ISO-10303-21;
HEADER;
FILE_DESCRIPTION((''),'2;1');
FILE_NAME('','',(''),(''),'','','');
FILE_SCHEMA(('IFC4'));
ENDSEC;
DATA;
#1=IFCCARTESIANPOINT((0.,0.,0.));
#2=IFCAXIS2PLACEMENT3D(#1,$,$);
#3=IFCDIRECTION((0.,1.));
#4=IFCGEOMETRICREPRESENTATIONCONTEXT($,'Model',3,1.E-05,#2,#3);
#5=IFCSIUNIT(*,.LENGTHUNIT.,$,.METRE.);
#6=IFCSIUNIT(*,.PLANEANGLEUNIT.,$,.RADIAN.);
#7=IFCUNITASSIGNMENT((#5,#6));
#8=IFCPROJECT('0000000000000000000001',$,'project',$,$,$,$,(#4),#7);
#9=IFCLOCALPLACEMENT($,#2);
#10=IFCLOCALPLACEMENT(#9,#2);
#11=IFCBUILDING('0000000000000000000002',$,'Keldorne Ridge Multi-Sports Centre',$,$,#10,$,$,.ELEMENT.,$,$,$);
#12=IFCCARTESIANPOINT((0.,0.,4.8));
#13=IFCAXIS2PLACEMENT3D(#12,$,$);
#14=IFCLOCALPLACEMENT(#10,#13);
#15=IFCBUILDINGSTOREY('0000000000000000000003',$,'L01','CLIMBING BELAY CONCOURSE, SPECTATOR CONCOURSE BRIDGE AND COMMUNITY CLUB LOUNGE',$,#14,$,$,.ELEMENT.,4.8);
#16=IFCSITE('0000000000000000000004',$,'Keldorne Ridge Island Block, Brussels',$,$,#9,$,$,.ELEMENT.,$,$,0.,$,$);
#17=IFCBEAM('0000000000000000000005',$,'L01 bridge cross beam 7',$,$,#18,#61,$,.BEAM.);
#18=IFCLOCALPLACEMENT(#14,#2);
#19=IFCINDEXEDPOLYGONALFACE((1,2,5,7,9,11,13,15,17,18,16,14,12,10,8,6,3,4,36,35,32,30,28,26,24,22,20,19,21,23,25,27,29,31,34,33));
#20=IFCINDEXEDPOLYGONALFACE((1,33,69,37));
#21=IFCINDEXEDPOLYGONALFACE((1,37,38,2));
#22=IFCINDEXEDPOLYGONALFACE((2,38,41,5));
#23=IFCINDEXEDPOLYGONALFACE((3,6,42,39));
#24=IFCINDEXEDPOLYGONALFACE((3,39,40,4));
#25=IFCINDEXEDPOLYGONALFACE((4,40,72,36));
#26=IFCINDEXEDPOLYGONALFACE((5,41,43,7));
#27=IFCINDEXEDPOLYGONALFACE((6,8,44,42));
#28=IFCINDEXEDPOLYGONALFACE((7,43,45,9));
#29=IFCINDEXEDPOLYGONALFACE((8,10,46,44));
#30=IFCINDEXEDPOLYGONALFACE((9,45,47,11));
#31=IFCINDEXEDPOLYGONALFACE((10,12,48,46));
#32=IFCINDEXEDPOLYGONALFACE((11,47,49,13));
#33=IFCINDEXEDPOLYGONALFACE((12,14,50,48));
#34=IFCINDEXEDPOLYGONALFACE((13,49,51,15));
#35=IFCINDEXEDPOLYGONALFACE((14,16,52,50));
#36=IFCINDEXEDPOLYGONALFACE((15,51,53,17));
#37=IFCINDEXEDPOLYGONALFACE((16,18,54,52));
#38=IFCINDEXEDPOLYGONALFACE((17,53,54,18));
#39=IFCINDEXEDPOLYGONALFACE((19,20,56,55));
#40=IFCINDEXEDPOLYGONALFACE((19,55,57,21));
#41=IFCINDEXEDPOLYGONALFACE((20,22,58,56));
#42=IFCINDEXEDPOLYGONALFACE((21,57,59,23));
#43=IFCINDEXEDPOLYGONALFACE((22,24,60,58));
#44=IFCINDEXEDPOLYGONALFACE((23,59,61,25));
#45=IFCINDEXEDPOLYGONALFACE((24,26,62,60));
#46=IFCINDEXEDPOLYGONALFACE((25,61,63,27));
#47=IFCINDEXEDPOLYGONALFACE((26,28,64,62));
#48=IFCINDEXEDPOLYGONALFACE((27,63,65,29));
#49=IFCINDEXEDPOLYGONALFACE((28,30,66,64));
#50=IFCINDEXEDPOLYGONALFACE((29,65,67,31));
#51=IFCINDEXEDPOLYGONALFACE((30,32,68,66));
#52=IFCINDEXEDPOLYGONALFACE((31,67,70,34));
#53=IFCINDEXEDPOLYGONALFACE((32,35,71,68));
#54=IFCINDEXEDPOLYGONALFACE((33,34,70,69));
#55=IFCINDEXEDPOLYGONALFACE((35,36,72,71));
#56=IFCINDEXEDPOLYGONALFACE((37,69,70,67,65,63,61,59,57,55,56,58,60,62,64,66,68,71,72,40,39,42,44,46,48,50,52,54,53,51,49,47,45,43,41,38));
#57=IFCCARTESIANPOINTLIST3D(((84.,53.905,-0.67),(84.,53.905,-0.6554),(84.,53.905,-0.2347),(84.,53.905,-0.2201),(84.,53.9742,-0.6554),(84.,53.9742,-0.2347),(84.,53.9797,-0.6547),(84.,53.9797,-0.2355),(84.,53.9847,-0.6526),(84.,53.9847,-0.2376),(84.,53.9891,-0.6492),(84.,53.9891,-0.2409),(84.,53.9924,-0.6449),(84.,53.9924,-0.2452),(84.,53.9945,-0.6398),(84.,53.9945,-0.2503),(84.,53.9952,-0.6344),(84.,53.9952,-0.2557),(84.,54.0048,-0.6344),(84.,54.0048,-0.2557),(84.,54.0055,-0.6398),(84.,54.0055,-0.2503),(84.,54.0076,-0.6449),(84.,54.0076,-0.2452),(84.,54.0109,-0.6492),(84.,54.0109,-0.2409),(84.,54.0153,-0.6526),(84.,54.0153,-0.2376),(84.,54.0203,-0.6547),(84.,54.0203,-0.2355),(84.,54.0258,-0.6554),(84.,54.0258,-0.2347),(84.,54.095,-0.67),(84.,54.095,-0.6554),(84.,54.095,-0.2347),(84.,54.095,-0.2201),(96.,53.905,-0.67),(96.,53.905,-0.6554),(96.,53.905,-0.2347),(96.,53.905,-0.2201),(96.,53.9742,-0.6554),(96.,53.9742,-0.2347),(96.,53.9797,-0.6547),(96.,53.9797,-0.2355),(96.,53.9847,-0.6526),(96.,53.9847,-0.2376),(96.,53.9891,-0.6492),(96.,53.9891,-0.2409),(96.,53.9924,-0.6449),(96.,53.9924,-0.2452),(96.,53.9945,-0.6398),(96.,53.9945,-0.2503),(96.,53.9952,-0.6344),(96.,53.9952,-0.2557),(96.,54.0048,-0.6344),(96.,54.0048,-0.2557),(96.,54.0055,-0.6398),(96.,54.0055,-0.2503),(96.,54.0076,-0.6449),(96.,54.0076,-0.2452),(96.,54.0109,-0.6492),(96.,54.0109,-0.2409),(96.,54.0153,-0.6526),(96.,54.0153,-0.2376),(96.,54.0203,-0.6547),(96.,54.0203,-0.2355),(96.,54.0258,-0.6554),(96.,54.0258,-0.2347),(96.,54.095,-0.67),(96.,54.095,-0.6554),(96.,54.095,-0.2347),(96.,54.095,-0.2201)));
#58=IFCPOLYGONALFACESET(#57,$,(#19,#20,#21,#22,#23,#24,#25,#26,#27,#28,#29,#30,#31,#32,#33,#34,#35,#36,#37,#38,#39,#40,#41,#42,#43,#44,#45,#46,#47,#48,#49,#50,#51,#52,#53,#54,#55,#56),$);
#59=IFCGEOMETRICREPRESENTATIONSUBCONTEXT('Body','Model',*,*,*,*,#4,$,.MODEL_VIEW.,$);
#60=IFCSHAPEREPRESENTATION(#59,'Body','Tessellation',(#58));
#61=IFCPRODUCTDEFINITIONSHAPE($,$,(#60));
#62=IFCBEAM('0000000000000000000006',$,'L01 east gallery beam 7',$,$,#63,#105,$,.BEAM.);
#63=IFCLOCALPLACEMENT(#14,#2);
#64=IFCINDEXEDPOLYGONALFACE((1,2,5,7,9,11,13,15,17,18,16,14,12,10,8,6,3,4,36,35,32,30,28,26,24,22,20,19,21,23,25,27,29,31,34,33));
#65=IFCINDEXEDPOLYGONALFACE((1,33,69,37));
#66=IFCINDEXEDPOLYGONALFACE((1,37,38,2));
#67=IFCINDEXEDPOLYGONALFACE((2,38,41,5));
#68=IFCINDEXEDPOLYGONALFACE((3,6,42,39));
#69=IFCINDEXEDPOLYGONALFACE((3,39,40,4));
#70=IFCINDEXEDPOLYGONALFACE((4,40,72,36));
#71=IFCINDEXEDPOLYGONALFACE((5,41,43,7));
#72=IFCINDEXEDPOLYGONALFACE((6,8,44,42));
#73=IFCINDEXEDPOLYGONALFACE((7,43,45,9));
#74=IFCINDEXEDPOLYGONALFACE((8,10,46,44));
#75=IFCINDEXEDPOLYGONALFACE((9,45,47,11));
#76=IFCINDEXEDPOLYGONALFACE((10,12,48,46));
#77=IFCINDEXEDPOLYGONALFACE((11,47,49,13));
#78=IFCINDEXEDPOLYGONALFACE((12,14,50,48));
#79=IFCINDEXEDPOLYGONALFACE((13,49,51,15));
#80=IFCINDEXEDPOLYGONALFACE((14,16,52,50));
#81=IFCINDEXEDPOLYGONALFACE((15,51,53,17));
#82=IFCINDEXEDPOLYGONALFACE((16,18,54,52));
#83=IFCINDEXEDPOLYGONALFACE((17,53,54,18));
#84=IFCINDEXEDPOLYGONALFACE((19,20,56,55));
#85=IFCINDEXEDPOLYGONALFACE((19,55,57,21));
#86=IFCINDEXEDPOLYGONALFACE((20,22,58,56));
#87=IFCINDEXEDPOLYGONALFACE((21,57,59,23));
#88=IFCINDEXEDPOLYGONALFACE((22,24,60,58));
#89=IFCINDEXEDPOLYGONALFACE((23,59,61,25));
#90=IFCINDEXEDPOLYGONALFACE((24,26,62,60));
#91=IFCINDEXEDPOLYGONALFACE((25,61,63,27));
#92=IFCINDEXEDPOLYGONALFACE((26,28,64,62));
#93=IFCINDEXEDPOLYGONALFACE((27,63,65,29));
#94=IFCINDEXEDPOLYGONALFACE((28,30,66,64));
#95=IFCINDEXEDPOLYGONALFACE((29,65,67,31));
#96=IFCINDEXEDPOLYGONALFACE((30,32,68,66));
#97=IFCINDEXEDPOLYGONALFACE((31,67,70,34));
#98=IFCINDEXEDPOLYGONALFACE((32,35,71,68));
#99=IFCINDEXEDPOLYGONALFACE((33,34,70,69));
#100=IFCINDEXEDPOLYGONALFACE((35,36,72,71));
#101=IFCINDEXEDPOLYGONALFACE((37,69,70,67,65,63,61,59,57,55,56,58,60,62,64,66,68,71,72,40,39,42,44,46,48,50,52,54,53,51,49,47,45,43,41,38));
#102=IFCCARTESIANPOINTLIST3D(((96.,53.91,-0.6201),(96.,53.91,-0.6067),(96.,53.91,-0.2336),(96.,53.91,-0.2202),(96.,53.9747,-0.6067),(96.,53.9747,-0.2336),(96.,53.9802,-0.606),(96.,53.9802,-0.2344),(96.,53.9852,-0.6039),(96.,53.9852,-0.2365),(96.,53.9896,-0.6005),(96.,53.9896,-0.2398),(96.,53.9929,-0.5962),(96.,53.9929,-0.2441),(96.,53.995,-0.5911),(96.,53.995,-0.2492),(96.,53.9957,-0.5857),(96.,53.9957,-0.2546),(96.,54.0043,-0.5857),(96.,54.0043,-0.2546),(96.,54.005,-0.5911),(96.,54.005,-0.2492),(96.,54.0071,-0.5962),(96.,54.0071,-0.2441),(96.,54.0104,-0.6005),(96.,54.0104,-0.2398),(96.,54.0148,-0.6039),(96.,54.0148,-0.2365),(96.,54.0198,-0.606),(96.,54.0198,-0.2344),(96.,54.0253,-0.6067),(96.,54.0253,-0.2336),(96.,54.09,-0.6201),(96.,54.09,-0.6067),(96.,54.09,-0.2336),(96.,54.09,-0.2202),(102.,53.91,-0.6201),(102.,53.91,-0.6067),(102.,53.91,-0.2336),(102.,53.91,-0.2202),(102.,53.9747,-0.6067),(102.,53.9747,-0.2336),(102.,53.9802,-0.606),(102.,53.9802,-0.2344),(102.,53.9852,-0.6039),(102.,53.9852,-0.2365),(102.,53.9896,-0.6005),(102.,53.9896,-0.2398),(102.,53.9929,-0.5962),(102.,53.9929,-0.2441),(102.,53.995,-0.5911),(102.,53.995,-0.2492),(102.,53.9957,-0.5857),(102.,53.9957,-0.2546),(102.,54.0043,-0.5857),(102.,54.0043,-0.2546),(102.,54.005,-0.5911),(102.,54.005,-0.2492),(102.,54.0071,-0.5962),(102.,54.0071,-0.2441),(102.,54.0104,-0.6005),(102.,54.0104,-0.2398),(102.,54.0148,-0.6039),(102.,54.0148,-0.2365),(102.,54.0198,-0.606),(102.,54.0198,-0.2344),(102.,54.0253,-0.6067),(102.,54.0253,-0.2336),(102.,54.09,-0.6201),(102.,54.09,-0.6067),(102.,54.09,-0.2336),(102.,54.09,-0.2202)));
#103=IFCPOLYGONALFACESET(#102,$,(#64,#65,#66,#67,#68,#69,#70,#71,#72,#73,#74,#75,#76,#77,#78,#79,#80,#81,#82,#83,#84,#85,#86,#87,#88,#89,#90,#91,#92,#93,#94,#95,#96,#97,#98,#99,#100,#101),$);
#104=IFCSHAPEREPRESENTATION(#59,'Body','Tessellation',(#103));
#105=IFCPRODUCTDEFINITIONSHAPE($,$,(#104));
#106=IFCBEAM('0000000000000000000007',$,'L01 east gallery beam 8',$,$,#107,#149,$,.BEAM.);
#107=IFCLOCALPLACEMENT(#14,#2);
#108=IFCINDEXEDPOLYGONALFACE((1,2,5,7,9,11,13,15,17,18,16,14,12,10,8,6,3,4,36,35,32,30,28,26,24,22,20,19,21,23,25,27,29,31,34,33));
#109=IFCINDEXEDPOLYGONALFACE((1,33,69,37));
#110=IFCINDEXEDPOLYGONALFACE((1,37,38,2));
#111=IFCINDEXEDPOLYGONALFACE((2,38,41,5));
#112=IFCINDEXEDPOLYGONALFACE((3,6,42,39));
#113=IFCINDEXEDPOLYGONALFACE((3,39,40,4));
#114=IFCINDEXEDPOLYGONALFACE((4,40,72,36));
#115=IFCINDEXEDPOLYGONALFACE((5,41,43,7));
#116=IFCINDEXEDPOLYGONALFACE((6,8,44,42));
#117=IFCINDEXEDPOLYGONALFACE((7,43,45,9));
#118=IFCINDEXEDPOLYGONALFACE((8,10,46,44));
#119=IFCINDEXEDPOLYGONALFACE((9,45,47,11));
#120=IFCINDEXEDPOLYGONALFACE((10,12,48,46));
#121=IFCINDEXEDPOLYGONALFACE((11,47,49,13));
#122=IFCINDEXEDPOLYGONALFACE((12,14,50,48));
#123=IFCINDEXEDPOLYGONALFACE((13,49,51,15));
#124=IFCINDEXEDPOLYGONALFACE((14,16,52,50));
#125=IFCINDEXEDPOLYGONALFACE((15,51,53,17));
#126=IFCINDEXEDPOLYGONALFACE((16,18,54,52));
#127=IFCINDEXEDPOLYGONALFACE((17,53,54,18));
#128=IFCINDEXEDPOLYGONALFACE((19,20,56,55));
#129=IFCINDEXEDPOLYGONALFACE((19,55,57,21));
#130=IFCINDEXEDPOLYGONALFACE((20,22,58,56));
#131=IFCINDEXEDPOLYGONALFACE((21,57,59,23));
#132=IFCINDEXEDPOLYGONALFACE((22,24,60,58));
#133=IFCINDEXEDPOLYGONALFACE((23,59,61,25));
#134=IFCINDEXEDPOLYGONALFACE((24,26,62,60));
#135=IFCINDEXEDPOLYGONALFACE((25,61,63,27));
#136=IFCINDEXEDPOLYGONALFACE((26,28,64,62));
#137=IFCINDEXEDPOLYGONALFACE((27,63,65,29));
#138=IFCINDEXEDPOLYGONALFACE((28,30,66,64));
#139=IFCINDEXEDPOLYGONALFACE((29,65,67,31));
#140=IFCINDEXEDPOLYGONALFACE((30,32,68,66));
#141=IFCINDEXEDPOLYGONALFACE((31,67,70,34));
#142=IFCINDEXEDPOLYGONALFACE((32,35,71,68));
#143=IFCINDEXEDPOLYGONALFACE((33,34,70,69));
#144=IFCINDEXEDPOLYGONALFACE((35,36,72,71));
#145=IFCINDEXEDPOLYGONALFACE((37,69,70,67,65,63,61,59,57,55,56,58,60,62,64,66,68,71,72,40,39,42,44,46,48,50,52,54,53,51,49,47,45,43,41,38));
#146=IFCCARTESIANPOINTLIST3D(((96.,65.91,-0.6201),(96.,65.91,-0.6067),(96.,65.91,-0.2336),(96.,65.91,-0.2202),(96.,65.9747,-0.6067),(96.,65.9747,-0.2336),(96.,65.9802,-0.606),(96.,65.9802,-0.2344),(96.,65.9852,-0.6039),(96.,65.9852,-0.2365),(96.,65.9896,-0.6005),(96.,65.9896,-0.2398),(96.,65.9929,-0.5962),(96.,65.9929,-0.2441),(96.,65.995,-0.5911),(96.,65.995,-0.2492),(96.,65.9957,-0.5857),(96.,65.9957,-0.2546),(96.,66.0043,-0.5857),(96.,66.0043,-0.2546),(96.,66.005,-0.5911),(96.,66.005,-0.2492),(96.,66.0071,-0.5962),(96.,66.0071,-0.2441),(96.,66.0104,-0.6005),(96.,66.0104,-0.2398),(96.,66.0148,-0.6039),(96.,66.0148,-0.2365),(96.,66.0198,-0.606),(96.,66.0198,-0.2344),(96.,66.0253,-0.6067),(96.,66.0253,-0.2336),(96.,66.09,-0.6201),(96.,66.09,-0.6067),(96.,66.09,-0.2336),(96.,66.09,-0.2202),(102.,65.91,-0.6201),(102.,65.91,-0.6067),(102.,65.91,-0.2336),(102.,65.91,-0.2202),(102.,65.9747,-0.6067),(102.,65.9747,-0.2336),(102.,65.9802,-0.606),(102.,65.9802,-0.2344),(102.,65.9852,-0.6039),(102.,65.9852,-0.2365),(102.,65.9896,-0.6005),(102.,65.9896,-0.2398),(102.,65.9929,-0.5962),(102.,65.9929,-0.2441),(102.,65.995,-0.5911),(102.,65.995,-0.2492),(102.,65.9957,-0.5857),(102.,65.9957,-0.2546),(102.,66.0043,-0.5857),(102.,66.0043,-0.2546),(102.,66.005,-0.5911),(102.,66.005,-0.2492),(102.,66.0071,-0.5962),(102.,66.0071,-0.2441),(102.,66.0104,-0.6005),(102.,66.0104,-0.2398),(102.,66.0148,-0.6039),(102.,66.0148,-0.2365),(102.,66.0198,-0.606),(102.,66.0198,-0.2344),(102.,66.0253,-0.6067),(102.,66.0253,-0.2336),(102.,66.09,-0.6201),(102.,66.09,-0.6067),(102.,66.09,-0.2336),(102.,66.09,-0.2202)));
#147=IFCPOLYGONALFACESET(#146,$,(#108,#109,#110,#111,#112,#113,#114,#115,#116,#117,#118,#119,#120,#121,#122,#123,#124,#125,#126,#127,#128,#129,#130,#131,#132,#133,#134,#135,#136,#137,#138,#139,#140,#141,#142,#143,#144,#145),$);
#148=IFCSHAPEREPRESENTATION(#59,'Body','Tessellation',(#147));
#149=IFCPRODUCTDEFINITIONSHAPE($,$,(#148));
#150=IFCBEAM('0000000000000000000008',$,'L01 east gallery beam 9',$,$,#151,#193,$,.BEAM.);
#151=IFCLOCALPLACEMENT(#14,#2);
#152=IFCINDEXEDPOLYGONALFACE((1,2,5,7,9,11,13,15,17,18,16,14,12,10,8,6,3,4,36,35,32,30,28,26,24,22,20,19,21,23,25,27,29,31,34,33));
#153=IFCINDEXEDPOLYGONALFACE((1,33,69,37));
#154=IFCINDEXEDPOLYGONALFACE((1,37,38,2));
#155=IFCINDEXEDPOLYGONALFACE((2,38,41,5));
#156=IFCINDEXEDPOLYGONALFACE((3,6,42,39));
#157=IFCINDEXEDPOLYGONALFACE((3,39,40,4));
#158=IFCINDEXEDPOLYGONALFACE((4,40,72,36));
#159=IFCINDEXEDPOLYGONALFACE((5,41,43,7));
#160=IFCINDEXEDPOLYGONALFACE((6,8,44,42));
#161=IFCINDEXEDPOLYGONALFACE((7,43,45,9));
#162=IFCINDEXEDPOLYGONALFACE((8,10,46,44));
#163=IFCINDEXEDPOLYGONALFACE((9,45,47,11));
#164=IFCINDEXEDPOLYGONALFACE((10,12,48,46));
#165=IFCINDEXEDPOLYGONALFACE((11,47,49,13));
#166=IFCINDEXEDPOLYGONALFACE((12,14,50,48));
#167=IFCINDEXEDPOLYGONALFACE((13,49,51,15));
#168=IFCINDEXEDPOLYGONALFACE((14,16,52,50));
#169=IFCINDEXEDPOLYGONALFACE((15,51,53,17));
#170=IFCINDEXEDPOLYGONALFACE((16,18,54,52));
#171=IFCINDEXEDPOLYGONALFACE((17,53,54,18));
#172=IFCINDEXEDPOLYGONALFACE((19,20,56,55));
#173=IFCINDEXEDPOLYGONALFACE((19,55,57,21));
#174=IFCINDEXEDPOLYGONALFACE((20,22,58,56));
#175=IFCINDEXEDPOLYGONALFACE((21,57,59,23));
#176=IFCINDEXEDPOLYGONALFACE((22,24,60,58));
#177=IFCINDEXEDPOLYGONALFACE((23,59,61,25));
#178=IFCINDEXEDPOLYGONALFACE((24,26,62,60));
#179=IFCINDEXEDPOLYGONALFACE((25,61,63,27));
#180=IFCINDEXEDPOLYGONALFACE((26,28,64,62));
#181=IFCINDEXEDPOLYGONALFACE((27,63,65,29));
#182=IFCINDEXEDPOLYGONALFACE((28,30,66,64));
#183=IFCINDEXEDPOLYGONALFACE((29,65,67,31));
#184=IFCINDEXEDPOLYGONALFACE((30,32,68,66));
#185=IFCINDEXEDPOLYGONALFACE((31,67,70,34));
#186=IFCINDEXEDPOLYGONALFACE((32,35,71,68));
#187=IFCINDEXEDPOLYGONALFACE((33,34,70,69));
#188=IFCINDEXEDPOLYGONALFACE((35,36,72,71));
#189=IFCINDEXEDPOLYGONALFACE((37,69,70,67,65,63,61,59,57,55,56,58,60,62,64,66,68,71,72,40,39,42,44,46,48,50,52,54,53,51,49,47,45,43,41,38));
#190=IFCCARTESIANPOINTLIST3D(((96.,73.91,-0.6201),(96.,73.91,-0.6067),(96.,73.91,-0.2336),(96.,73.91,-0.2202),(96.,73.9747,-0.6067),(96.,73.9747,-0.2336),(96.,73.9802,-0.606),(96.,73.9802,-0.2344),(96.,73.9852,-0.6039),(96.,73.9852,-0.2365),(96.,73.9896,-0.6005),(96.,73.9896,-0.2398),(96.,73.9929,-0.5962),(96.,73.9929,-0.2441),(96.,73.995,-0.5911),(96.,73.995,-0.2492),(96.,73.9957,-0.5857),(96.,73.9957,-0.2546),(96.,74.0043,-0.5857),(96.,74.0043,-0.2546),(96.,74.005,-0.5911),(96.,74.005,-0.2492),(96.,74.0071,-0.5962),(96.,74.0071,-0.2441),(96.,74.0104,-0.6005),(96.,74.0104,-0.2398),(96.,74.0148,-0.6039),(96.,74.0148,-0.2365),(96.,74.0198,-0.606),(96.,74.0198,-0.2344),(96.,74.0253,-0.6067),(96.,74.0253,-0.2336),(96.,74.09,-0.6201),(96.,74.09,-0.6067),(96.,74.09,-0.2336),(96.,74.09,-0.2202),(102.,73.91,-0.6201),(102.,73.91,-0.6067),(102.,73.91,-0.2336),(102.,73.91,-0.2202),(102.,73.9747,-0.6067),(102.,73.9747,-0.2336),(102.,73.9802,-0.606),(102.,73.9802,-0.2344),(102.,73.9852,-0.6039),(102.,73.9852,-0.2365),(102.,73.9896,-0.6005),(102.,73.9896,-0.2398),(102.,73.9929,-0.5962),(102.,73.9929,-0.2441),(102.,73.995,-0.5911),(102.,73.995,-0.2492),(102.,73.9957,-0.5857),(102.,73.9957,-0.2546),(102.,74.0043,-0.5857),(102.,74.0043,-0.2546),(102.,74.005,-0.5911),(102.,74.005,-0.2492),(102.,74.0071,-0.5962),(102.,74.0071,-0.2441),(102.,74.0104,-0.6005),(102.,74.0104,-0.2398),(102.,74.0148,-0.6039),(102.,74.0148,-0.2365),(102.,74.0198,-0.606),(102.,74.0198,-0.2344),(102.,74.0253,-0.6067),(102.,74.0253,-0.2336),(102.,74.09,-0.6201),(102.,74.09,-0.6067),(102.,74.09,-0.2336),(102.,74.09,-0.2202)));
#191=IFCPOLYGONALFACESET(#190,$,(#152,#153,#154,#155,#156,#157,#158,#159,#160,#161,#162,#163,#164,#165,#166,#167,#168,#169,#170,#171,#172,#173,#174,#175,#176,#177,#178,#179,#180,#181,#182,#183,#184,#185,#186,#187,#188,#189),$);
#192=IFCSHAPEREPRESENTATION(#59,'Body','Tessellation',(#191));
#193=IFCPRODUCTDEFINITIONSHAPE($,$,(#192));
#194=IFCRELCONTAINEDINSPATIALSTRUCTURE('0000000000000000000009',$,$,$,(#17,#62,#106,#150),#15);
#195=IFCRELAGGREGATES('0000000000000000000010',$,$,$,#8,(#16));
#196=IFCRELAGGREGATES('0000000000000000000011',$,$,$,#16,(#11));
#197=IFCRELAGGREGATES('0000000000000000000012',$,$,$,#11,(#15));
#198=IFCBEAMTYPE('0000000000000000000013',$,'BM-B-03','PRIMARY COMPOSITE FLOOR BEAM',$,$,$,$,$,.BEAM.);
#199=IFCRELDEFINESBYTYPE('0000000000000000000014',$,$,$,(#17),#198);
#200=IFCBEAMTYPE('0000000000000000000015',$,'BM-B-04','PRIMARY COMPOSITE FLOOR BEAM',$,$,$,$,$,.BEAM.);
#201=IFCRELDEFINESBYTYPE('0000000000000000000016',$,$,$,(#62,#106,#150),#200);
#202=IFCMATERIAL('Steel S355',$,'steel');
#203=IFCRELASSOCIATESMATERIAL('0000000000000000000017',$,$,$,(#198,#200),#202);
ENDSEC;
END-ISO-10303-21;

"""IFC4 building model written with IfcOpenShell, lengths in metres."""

from ifc_helpers import new_model, si_unit, direction, frame, origin, origin_2d, place, context, subcontext, project, spatial, i_section, extrude, material, material_profile, profile_set, type_object, element, save


model = new_model("IFC4")

# Units and contexts
model_context = context("Model", 3, precision=1e-05, world=origin(), true_north=direction((0.0, 1.0)))
body_context = subcontext(model_context, "Body", "Model", "MODEL_VIEW")
ifc_project = project(units=[si_unit("LENGTHUNIT", "METRE"), si_unit("PLANEANGLEUNIT", "RADIAN")], contexts=[model_context])

# Site, building, storey
site_placement = place(None, origin())
site = spatial("IfcSite", under=ifc_project, at=site_placement, Name="Keldorne Ridge Island Block, Brussels", CompositionType="ELEMENT", RefElevation=0.0)
building_placement = place(site_placement, origin())
building = spatial("IfcBuilding", under=site, at=building_placement, Name="Keldorne Ridge Multi-Sports Centre", CompositionType="ELEMENT")
storey_placement = place(building_placement, frame((0.0, 0.0, 4.8)))
storey = spatial("IfcBuildingStorey", under=building, at=storey_placement, Name="L01", Description="CLIMBING BELAY CONCOURSE, SPECTATOR CONCOURSE BRIDGE AND COMMUNITY CLUB LOUNGE", CompositionType="ELEMENT", Elevation=4.8)

# Shared definitions
ifc_material_1 = material(Name="Steel S355", Category="steel")

# Beams
ifc_material_profile_1 = material_profile(ifc_material_1, i_section(OverallWidth=0.1899, OverallDepth=0.45, WebThickness=0.0095, FlangeThickness=0.0146, FilletRadius=0.021, at=origin_2d()), Name="IPE 450")
ifc_profile_set_1 = profile_set([ifc_material_profile_1], Name="Steel S355")
beam_type_1 = type_object("IfcBeamType", Name="BM-B-03", Description="PRIMARY COMPOSITE FLOOR BEAM", PredefinedType="BEAM", material=ifc_profile_set_1)
beam_placement = place(storey_placement, frame((84.0, 54.0, -0.4451), z_axis=(1.0, 0.0, 0.0), x_axis=(0.0, 1.0, 0.0)))
element("IfcBeam", 1, at=beam_placement, inside=storey, type_object=beam_type_1, Name="L01 bridge cross beam 7", PredefinedType="BEAM", context=body_context, shape_type="SweptSolid", body=[
    extrude(i_section(OverallWidth=0.1899, OverallDepth=0.45, WebThickness=0.0095, FlangeThickness=0.0146, FilletRadius=0.021, at=origin_2d()), origin(), (0.0, 0.0, 1.0), 12.0),
])
ifc_material_profile_2 = material_profile(ifc_material_1, i_section(OverallWidth=0.1799, OverallDepth=0.3999, WebThickness=0.0085, FlangeThickness=0.0134, FilletRadius=0.021, at=origin_2d()), Name="IPE 400")
ifc_profile_set_2 = profile_set([ifc_material_profile_2], Name="Steel S355")
beam_type_2 = type_object("IfcBeamType", Name="BM-B-04", Description="PRIMARY COMPOSITE FLOOR BEAM", PredefinedType="BEAM", material=ifc_profile_set_2)
for number, where, z_axis, x_axis, name in (
    (2, (96.0, 54.0, -0.4202), (1.0, 0.0, 0.0), (0.0, 1.0, 0.0), "L01 east gallery beam 7"),
    (3, (96.0, 66.0, -0.4202), (1.0, 0.0, 0.0), (0.0, 1.0, 0.0), "L01 east gallery beam 8"),
    (4, (96.0, 74.0, -0.4202), (1.0, 0.0, 0.0), (0.0, 1.0, 0.0), "L01 east gallery beam 9"),
):
    element("IfcBeam", number, at=place(storey_placement, frame(where, z_axis=z_axis, x_axis=x_axis)), inside=storey, type_object=beam_type_2, Name=name, PredefinedType="BEAM", context=body_context, shape_type="SweptSolid", body=[
        extrude(i_section(OverallWidth=0.1799, OverallDepth=0.3999, WebThickness=0.0085, FlangeThickness=0.0134, FilletRadius=0.021, at=origin_2d()), origin(), (0.0, 0.0, 1.0), 6.0),
    ])

save(model, "model.ifc")
